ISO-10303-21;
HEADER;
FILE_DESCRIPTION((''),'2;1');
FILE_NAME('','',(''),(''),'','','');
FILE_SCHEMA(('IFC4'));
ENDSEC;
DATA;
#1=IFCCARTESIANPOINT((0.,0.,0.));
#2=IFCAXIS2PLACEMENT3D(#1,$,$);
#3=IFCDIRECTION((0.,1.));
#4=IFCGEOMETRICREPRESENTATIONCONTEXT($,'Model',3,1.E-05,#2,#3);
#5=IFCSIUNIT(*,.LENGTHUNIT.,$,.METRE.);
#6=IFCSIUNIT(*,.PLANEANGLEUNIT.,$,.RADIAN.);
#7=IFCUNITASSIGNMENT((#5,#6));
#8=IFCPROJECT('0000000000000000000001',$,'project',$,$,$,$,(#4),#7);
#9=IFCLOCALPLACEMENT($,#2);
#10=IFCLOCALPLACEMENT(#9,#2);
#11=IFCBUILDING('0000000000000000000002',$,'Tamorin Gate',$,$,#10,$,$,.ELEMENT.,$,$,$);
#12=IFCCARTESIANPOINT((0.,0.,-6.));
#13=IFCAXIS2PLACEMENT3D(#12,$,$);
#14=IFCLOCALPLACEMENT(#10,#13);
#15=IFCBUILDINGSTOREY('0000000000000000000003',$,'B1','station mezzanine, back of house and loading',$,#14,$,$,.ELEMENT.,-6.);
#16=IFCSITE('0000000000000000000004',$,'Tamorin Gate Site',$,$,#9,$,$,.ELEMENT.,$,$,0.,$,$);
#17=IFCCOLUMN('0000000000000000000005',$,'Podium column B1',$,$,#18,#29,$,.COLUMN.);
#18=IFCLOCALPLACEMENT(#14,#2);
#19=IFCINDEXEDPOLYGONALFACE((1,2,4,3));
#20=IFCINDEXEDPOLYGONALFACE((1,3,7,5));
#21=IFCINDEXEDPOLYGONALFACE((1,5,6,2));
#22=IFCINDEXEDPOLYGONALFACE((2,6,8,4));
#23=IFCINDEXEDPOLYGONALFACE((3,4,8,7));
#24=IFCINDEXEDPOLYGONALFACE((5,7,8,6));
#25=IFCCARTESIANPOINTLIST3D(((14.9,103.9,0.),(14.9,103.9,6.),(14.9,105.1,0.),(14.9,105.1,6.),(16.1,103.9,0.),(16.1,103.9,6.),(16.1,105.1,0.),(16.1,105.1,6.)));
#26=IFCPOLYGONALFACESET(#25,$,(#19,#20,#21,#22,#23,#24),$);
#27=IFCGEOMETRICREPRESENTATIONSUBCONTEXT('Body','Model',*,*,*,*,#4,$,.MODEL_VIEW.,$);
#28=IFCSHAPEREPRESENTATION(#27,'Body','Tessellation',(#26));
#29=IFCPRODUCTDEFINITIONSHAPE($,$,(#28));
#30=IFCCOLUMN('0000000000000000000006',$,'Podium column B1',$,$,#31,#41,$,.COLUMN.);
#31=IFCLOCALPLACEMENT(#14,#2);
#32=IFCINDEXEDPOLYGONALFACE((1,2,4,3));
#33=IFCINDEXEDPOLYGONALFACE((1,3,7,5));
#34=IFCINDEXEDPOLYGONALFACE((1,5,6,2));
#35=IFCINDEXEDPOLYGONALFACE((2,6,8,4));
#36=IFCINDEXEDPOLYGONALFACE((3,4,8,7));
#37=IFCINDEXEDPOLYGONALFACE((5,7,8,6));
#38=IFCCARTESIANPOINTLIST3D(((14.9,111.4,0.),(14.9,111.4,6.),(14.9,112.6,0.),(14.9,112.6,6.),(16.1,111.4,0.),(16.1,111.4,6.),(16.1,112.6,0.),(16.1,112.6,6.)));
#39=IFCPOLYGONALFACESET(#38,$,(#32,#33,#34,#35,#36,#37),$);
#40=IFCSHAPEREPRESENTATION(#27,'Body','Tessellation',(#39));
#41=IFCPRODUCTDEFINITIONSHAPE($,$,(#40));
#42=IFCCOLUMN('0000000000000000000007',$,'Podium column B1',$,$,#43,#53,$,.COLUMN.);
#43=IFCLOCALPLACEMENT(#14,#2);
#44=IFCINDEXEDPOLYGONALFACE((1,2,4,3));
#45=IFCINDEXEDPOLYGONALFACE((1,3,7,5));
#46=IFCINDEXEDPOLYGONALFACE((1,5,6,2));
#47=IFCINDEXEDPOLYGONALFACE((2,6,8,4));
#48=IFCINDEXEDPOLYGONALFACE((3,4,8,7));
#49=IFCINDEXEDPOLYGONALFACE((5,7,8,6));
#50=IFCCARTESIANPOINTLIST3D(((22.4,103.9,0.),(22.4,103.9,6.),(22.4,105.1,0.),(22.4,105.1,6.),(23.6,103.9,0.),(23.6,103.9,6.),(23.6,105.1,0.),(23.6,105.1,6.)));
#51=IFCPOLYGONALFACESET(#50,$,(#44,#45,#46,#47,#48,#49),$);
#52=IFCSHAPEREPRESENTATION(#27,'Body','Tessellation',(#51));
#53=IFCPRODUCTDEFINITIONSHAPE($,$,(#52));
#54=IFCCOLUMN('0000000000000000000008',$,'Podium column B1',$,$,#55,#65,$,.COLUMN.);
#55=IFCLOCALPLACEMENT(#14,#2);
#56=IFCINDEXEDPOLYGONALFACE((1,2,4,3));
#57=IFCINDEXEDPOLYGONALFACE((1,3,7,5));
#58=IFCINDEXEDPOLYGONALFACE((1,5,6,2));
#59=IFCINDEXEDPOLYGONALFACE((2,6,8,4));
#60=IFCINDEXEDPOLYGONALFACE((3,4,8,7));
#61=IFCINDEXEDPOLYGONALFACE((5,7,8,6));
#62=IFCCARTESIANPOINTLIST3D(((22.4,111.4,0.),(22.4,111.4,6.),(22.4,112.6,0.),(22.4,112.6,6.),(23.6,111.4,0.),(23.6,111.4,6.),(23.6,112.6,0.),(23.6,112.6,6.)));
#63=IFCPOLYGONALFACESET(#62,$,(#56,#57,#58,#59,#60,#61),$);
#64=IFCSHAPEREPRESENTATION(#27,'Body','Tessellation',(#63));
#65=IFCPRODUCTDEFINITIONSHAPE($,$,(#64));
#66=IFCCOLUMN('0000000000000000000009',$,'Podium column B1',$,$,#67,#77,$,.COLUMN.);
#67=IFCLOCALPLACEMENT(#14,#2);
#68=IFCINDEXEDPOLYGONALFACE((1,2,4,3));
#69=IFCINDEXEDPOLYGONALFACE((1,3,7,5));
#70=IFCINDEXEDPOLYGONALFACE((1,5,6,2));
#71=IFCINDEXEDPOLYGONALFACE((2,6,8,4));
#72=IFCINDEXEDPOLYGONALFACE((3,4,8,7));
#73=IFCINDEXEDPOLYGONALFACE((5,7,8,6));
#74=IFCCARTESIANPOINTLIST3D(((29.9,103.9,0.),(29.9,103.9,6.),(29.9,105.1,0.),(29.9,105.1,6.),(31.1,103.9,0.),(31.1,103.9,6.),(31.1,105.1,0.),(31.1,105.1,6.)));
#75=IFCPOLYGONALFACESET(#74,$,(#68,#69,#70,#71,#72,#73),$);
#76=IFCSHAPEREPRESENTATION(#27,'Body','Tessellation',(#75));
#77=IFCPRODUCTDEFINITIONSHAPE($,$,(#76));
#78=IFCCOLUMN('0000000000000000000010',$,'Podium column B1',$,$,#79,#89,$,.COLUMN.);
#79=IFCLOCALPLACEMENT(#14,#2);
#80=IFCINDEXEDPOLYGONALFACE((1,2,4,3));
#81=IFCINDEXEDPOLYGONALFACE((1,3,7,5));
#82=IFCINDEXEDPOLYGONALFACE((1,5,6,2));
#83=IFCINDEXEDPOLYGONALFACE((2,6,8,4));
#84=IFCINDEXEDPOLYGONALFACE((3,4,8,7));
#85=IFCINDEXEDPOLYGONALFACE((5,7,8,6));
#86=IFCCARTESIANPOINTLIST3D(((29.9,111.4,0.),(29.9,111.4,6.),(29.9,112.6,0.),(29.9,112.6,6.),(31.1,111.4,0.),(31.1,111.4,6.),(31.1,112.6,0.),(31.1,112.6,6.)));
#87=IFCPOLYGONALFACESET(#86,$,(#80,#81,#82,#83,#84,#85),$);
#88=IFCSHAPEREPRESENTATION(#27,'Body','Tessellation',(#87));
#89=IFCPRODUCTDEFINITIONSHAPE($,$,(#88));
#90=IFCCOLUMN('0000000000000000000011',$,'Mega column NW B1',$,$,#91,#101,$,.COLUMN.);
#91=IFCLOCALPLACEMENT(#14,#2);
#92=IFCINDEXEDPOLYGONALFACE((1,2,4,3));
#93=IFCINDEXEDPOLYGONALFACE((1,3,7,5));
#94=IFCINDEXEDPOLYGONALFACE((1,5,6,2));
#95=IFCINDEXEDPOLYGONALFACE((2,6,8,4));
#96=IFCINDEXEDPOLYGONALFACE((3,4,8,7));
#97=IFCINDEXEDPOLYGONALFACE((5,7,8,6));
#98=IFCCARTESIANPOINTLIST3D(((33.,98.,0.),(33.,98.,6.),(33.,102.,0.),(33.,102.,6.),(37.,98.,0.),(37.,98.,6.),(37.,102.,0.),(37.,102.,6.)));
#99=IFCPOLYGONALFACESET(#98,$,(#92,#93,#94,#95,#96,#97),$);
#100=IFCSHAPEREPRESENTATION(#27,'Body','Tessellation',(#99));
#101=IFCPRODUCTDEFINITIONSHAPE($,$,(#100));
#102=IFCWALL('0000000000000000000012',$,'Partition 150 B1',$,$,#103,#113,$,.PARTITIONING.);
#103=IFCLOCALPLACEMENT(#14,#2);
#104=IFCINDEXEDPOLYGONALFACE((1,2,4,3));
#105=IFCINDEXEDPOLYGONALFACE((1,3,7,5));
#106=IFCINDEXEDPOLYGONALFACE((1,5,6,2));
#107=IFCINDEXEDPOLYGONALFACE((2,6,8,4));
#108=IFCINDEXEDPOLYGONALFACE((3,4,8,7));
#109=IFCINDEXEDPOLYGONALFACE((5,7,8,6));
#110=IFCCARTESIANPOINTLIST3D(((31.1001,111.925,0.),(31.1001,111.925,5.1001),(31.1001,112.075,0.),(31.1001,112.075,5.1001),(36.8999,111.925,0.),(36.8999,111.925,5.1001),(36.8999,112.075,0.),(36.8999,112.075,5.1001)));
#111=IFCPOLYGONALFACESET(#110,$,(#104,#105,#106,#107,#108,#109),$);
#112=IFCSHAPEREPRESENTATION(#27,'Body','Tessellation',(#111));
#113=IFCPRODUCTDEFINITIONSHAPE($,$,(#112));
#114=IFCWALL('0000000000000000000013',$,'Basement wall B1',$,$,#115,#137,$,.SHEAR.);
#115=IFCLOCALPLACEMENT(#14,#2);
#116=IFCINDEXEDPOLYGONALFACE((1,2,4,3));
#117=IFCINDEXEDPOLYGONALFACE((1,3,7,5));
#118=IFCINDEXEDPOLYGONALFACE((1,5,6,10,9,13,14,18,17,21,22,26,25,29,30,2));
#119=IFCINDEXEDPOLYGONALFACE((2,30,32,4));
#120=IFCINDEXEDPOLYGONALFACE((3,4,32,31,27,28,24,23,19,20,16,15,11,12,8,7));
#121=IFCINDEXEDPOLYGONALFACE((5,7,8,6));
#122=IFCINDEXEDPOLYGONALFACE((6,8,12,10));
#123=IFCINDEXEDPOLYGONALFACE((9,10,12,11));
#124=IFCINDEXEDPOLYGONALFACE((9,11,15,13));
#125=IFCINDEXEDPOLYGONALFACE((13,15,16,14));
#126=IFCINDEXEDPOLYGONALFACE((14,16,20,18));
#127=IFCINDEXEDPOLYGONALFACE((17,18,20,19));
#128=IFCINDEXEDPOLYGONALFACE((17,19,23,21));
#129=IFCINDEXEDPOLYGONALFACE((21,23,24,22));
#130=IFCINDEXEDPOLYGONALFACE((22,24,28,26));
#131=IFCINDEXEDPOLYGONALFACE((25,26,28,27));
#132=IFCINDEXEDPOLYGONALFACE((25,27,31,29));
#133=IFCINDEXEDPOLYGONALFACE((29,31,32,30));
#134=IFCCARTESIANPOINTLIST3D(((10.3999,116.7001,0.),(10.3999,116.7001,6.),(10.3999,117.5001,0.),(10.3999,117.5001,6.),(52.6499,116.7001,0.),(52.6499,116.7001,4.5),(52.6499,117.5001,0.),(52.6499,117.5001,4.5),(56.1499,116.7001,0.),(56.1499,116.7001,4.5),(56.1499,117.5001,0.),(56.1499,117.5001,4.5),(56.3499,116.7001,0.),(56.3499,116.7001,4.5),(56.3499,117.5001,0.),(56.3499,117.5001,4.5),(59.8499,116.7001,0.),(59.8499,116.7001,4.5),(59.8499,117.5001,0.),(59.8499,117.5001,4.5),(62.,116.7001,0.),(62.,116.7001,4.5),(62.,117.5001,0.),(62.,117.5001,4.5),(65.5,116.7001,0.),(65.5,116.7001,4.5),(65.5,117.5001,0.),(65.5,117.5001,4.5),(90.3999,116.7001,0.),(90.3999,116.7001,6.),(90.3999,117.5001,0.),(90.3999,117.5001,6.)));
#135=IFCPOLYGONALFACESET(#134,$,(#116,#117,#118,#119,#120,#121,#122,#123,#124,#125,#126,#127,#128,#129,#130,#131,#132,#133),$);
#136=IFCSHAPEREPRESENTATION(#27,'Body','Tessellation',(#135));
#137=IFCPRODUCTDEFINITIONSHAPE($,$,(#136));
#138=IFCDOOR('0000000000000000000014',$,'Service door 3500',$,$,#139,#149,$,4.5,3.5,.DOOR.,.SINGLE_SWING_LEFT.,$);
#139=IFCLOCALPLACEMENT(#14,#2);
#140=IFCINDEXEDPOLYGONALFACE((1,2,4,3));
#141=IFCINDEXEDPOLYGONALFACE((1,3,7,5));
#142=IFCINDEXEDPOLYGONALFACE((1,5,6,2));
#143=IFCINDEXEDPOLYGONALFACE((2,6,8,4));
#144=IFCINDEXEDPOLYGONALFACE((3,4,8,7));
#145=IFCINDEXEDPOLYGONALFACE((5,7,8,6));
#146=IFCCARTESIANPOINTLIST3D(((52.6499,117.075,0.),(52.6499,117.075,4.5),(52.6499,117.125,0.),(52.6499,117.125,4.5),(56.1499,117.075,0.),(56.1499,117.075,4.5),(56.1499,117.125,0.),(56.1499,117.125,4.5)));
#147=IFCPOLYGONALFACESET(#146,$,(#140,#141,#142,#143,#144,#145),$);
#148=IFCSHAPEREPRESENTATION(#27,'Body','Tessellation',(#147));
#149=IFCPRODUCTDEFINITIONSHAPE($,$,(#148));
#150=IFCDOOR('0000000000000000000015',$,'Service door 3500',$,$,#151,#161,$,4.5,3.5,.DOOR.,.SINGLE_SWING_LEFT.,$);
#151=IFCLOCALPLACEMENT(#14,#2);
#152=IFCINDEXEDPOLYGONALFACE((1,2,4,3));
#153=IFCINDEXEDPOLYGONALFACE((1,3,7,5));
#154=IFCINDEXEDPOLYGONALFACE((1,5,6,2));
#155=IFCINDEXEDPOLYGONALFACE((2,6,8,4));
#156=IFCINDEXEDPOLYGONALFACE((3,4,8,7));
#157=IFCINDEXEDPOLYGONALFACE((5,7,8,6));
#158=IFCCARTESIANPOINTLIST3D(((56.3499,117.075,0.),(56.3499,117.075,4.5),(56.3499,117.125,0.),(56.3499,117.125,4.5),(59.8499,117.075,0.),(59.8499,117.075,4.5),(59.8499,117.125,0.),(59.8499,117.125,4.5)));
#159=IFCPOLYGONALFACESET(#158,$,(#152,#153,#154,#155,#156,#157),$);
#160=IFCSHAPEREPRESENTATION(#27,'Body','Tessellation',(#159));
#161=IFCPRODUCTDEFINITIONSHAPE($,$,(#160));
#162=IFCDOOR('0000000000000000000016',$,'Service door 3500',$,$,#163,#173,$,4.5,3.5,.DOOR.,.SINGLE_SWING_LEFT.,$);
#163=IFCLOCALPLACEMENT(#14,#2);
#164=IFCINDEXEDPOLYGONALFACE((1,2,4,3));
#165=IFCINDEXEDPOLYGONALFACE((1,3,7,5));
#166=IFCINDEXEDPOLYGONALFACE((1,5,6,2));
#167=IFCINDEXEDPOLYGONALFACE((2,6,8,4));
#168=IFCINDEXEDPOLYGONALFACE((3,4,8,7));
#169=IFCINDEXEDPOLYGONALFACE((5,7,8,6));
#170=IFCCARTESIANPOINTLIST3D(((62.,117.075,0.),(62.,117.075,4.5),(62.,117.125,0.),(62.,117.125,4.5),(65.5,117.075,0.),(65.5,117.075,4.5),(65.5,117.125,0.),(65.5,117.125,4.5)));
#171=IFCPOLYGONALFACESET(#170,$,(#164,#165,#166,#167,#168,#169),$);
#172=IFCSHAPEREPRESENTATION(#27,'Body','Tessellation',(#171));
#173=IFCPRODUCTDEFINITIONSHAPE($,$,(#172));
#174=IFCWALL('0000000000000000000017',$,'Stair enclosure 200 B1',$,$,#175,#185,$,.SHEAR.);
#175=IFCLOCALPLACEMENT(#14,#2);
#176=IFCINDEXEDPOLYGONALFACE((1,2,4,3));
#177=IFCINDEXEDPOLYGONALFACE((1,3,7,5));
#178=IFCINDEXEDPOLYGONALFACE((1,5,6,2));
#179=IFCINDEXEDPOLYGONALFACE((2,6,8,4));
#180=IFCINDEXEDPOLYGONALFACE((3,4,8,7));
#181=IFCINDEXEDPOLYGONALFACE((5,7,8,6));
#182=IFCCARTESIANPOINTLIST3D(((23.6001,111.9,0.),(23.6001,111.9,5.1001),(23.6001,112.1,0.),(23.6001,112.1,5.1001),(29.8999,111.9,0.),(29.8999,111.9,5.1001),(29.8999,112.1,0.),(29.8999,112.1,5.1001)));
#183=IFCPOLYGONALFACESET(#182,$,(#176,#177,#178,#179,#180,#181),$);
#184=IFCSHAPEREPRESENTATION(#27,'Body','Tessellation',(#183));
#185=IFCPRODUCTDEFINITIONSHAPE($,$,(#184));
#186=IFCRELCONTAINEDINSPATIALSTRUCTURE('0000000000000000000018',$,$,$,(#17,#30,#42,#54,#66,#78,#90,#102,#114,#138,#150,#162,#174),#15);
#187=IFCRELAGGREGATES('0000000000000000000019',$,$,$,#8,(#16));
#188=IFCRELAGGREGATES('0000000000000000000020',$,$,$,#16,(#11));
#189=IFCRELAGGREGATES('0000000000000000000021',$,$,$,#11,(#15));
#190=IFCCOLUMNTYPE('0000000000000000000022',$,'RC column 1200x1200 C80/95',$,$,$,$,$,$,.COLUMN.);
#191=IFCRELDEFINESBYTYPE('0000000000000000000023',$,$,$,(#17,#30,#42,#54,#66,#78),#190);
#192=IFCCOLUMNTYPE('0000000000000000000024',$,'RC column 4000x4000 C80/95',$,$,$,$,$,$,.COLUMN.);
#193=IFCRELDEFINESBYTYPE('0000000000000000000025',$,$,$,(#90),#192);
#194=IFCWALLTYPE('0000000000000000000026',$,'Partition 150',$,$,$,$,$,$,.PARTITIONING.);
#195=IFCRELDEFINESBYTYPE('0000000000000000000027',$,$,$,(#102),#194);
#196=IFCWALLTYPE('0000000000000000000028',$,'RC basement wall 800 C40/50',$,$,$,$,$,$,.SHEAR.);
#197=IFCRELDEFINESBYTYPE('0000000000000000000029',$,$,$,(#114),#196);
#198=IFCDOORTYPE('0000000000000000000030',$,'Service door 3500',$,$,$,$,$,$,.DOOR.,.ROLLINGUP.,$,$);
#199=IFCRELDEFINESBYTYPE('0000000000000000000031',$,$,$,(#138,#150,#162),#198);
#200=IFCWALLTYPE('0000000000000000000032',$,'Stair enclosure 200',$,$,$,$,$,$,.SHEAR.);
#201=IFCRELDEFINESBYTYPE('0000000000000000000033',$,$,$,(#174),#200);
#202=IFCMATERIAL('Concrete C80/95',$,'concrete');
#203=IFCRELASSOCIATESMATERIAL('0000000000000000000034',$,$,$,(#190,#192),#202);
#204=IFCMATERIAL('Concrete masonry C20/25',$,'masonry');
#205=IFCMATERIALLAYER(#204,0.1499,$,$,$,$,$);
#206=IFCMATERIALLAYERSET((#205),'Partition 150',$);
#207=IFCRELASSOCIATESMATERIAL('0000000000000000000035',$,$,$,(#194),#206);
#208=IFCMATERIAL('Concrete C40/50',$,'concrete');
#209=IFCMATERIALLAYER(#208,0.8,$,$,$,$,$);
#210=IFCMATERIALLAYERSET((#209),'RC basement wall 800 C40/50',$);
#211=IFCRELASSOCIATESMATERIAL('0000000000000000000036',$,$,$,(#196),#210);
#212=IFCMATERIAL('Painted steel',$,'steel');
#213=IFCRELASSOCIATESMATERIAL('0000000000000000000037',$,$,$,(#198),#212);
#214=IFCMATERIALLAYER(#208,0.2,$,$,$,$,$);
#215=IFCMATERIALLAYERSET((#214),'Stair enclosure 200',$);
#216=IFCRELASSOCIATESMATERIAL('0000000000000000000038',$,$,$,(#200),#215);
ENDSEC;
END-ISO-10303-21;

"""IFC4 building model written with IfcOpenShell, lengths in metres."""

from ifc_helpers import new_model, si_unit, direction, frame, frame_2d, origin, origin_2d, place, context, subcontext, project, spatial, rectangle, extrude, material, layer, layer_set, material_profile, profile_set, type_object, element, fill, save


model = new_model("IFC4")

# Units and contexts
model_context = context("Model", 3, precision=1e-05, world=origin(), true_north=direction((0.0, 1.0)))
body_context = subcontext(model_context, "Body", "Model", "MODEL_VIEW")
ifc_project = project(units=[si_unit("LENGTHUNIT", "METRE"), si_unit("PLANEANGLEUNIT", "RADIAN")], contexts=[model_context])

# Site, building, storey
site_placement = place(None, origin())
site = spatial("IfcSite", under=ifc_project, at=site_placement, Name="Tamorin Gate Site", CompositionType="ELEMENT", RefElevation=0.0)
building_placement = place(site_placement, origin())
building = spatial("IfcBuilding", under=site, at=building_placement, Name="Tamorin Gate", CompositionType="ELEMENT")
storey_placement = place(building_placement, frame((0.0, 0.0, -6.0)))
storey = spatial("IfcBuildingStorey", under=building, at=storey_placement, Name="B1", Description="station mezzanine, back of house and loading", CompositionType="ELEMENT", Elevation=-6.0)

# Columns
ifc_material_1 = material(Name="Concrete C80/95", Category="concrete")
ifc_material_profile_1 = material_profile(ifc_material_1, rectangle(XDim=1.2, YDim=1.2, at=origin_2d()), Name="RC 1200x1200")
ifc_profile_set_1 = profile_set([ifc_material_profile_1], Name="Concrete C80/95")
column_type_1 = type_object("IfcColumnType", Name="RC column 1200x1200 C80/95", PredefinedType="COLUMN", material=ifc_profile_set_1)
for number, where, z_axis, x_axis, name in (
    (1, (15.5, 104.5, 0.0), (0.0, 0.0, 1.0), (1.0, 0.0, 0.0), "Podium column B1"),
    (2, (15.5, 112.0, 0.0), (0.0, 0.0, 1.0), (1.0, 0.0, 0.0), "Podium column B1"),
    (3, (23.0, 104.5, 0.0), (0.0, 0.0, 1.0), (1.0, 0.0, 0.0), "Podium column B1"),
    (4, (23.0, 112.0, 0.0), (0.0, 0.0, 1.0), (1.0, 0.0, 0.0), "Podium column B1"),
    (5, (30.5, 104.5, 0.0), (0.0, 0.0, 1.0), (1.0, 0.0, 0.0), "Podium column B1"),
    (6, (30.5, 112.0, 0.0), (0.0, 0.0, 1.0), (1.0, 0.0, 0.0), "Podium column B1"),
):
    element("IfcColumn", number, at=place(storey_placement, frame(where, z_axis=z_axis, x_axis=x_axis)), inside=storey, type_object=column_type_1, Name=name, PredefinedType="COLUMN", context=body_context, shape_type="SweptSolid", body=[
        extrude(rectangle(XDim=1.2, YDim=1.2, at=origin_2d()), origin(), (0.0, 0.0, 1.0), 6.0),
    ])
ifc_material_profile_2 = material_profile(ifc_material_1, rectangle(XDim=4.0, YDim=4.0, at=origin_2d()), Name="RC 4000x4000")
ifc_profile_set_2 = profile_set([ifc_material_profile_2], Name="Concrete C80/95")
column_type_2 = type_object("IfcColumnType", Name="RC column 4000x4000 C80/95", PredefinedType="COLUMN", material=ifc_profile_set_2)
column_placement = place(storey_placement, frame((35.0, 100.0, 0.0), z_axis=(0.0, 0.0, 1.0), x_axis=(1.0, 0.0, 0.0)))
element("IfcColumn", 7, at=column_placement, inside=storey, type_object=column_type_2, Name="Mega column NW B1", PredefinedType="COLUMN", context=body_context, shape_type="SweptSolid", body=[
    extrude(rectangle(XDim=4.0, YDim=4.0, at=origin_2d()), origin(), (0.0, 0.0, 1.0), 6.0),
])

# Wall
ifc_material_2 = material(Name="Concrete masonry C20/25", Category="masonry")
ifc_layer_1 = layer(ifc_material_2, 0.1499)
ifc_layer_set_1 = layer_set([ifc_layer_1], Name="Partition 150")
wall_type_1 = type_object("IfcWallType", Name="Partition 150", PredefinedType="PARTITIONING", material=ifc_layer_set_1)
wall_1_placement = place(storey_placement, frame((31.1001, 112.0, 0.0), z_axis=(0.0, 0.0, 1.0), x_axis=(1.0, 0.0, 0.0)))
element("IfcWall", 8, at=wall_1_placement, inside=storey, type_object=wall_type_1, Name="Partition 150 B1", PredefinedType="PARTITIONING", context=body_context, shape_type="SweptSolid", body=[
    extrude(rectangle(XDim=5.7998, YDim=0.1499, at=frame_2d((2.8999, 0.0))), origin(), (0.0, 0.0, 1.0), 5.1001),
])

# Wall, openings, doors
ifc_material_3 = material(Name="Concrete C40/50", Category="concrete")
ifc_layer_2 = layer(ifc_material_3, 0.8)
ifc_layer_set_2 = layer_set([ifc_layer_2], Name="RC basement wall 800 C40/50")
wall_type_2 = type_object("IfcWallType", Name="RC basement wall 800 C40/50", PredefinedType="SHEAR", material=ifc_layer_set_2)
wall_2_placement = place(storey_placement, frame((10.3999, 117.1001, 0.0), z_axis=(0.0, 0.0, 1.0), x_axis=(1.0, 0.0, 0.0)))
wall_2 = element("IfcWall", 9, at=wall_2_placement, inside=storey, type_object=wall_type_2, Name="Basement wall B1", PredefinedType="SHEAR", context=body_context, shape_type="SweptSolid", body=[
    extrude(rectangle(XDim=80.0, YDim=0.8, at=frame_2d((40.0, 0.0))), origin(), (0.0, 0.0, 1.0), 6.0),
])
opening_1_placement = place(wall_2_placement, frame((42.25, 0.0, 0.0)))
opening_1 = element("IfcOpeningElement", 10, at=opening_1_placement, cuts=wall_2, PredefinedType="OPENING", context=body_context, shape_type="SweptSolid", body=[
    extrude(rectangle(XDim=3.5, YDim=4.5, at=frame_2d((1.75, 2.25))), frame((0.0, 0.4099, 0.0), z_axis=(0.0, -1.0, 0.0), x_axis=(1.0, 0.0, 0.0)), (0.0, 0.0, 1.0), 0.8201),
])
opening_2_placement = place(wall_2_placement, frame((45.95, 0.0, 0.0)))
opening_2 = element("IfcOpeningElement", 11, at=opening_2_placement, cuts=wall_2, PredefinedType="OPENING", context=body_context, shape_type="SweptSolid", body=[
    extrude(rectangle(XDim=3.5, YDim=4.5, at=frame_2d((1.75, 2.25))), frame((0.0, 0.4099, 0.0), z_axis=(0.0, -1.0, 0.0), x_axis=(1.0, 0.0, 0.0)), (0.0, 0.0, 1.0), 0.8201),
])
opening_3_placement = place(wall_2_placement, frame((51.6001, 0.0, 0.0)))
opening_3 = element("IfcOpeningElement", 12, at=opening_3_placement, cuts=wall_2, PredefinedType="OPENING", context=body_context, shape_type="SweptSolid", body=[
    extrude(rectangle(XDim=3.5, YDim=4.5, at=frame_2d((1.75, 2.25))), frame((0.0, 0.4099, 0.0), z_axis=(0.0, -1.0, 0.0), x_axis=(1.0, 0.0, 0.0)), (0.0, 0.0, 1.0), 0.8201),
])
ifc_material_4 = material(Name="Painted steel", Category="steel")
door_type = type_object("IfcDoorType", Name="Service door 3500", OperationType="ROLLINGUP", PredefinedType="DOOR", material=ifc_material_4)
door_1_placement = place(opening_1_placement, origin())
door_1 = element("IfcDoor", 13, at=door_1_placement, inside=storey, type_object=door_type, Name="Service door 3500", OperationType="SINGLE_SWING_LEFT", OverallHeight=4.5, OverallWidth=3.5, PredefinedType="DOOR", context=body_context, shape_type="SweptSolid", body=[
    extrude(rectangle(XDim=3.5, YDim=4.5, at=frame_2d((1.75, 2.25))), frame((0.0, 0.0249, 0.0), z_axis=(0.0, -1.0, 0.0), x_axis=(1.0, 0.0, 0.0)), (0.0, 0.0, 1.0), 0.05),
])
fill(opening_1, door_1)
door_2_placement = place(opening_2_placement, origin())
door_2 = element("IfcDoor", 14, at=door_2_placement, inside=storey, type_object=door_type, Name="Service door 3500", OperationType="SINGLE_SWING_LEFT", OverallHeight=4.5, OverallWidth=3.5, PredefinedType="DOOR", context=body_context, shape_type="SweptSolid", body=[
    extrude(rectangle(XDim=3.5, YDim=4.5, at=frame_2d((1.75, 2.25))), frame((0.0, 0.0249, 0.0), z_axis=(0.0, -1.0, 0.0), x_axis=(1.0, 0.0, 0.0)), (0.0, 0.0, 1.0), 0.05),
])
fill(opening_2, door_2)
door_3_placement = place(opening_3_placement, origin())
door_3 = element("IfcDoor", 15, at=door_3_placement, inside=storey, type_object=door_type, Name="Service door 3500", OperationType="SINGLE_SWING_LEFT", OverallHeight=4.5, OverallWidth=3.5, PredefinedType="DOOR", context=body_context, shape_type="SweptSolid", body=[
    extrude(rectangle(XDim=3.5, YDim=4.5, at=frame_2d((1.75, 2.25))), frame((0.0, 0.0249, 0.0), z_axis=(0.0, -1.0, 0.0), x_axis=(1.0, 0.0, 0.0)), (0.0, 0.0, 1.0), 0.05),
])
fill(opening_3, door_3)

# Wall
ifc_layer_3 = layer(ifc_material_3, 0.2)
ifc_layer_set_3 = layer_set([ifc_layer_3], Name="Stair enclosure 200")
wall_type_3 = type_object("IfcWallType", Name="Stair enclosure 200", PredefinedType="SHEAR", material=ifc_layer_set_3)
wall_3_placement = place(storey_placement, frame((23.6001, 112.0, 0.0), z_axis=(0.0, 0.0, 1.0), x_axis=(1.0, 0.0, 0.0)))
element("IfcWall", 16, at=wall_3_placement, inside=storey, type_object=wall_type_3, Name="Stair enclosure 200 B1", PredefinedType="SHEAR", context=body_context, shape_type="SweptSolid", body=[
    extrude(rectangle(XDim=6.2998, YDim=0.2, at=frame_2d((3.1499, 0.0))), origin(), (0.0, 0.0, 1.0), 5.1001),
])

save(model, "model.ifc")
